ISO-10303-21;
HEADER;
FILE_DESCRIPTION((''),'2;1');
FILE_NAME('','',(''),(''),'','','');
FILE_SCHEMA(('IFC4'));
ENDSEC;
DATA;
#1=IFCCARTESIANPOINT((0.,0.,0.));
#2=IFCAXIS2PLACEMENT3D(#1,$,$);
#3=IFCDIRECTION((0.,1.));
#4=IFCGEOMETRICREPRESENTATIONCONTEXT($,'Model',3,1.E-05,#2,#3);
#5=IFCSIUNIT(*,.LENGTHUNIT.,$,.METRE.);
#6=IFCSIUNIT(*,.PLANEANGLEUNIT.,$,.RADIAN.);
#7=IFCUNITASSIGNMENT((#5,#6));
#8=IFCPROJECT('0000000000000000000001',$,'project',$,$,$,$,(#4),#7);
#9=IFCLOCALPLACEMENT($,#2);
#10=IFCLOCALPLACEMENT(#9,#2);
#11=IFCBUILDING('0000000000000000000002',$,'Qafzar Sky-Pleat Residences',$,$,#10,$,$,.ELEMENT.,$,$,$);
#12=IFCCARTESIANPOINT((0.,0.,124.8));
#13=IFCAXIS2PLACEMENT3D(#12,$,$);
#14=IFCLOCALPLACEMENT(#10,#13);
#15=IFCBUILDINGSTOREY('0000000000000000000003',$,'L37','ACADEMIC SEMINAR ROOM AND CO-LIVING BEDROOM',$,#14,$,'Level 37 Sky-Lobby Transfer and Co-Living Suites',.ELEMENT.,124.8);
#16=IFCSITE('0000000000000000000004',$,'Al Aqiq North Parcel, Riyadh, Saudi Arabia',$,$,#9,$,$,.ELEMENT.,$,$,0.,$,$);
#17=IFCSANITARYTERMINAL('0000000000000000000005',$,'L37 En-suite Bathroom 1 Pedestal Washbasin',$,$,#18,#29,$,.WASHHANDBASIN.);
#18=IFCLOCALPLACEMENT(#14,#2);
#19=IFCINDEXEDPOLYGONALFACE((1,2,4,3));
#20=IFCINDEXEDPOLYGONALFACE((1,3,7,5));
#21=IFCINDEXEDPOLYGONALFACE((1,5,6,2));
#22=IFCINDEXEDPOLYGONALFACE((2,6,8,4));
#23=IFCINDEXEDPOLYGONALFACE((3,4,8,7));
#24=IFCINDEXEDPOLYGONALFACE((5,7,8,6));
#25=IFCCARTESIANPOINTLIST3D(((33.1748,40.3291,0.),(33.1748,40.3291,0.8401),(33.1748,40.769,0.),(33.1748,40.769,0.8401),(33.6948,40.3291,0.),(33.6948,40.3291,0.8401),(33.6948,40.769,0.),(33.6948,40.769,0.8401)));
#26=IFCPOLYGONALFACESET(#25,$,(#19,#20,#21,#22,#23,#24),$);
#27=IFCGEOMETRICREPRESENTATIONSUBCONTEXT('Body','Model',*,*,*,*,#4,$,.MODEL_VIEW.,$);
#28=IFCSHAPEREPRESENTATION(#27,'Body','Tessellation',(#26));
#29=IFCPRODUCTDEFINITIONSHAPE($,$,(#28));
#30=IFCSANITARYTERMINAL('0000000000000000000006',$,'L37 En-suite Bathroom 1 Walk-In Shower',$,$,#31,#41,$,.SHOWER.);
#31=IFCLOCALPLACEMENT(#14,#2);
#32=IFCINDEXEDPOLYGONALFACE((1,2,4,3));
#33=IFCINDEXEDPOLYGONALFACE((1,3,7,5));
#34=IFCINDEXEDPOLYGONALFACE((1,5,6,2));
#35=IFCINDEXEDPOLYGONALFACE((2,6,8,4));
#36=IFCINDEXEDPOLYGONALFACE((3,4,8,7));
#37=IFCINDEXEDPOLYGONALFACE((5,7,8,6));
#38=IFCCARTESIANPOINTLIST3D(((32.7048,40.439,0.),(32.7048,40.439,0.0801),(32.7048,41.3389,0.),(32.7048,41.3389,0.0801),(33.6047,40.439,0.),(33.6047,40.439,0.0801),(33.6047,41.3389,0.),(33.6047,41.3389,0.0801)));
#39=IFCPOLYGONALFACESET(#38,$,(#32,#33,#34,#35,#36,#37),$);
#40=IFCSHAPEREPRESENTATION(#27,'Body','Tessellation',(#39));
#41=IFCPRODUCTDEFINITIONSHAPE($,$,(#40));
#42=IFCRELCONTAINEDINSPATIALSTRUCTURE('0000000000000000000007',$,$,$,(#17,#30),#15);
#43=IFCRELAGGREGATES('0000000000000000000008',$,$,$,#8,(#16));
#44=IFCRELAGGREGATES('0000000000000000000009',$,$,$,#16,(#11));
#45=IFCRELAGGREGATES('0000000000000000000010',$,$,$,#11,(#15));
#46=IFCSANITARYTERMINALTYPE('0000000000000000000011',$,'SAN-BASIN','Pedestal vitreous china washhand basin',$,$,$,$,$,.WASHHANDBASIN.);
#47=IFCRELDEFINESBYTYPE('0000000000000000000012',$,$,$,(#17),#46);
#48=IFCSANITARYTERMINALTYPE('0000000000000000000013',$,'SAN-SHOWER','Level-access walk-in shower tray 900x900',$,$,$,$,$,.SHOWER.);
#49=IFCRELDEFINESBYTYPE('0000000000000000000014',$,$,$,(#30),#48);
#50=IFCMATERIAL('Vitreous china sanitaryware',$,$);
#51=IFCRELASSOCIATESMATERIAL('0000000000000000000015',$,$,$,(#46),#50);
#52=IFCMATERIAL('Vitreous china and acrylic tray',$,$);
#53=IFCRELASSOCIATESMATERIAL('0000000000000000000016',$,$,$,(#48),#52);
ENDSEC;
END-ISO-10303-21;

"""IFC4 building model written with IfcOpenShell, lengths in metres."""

from ifc_helpers import new_model, si_unit, direction, frame, origin, origin_2d, place, context, subcontext, project, spatial, rectangle, extrude, source, transform, mapped, material, type_object, element, save


model = new_model("IFC4")

# Units and contexts
model_context = context("Model", 3, precision=1e-05, world=origin(), true_north=direction((0.0, 1.0)))
body_context = subcontext(model_context, "Body", "Model", "MODEL_VIEW")
ifc_project = project(units=[si_unit("LENGTHUNIT", "METRE"), si_unit("PLANEANGLEUNIT", "RADIAN")], contexts=[model_context])

# Site, building, storey
site_placement = place(None, origin())
site = spatial("IfcSite", under=ifc_project, at=site_placement, Name="Al Aqiq North Parcel, Riyadh, Saudi Arabia", CompositionType="ELEMENT", RefElevation=0.0)
building_placement = place(site_placement, origin())
building = spatial("IfcBuilding", under=site, at=building_placement, Name="Qafzar Sky-Pleat Residences", CompositionType="ELEMENT")
storey_placement = place(building_placement, frame((0.0, 0.0, 124.8)))
storey = spatial("IfcBuildingStorey", under=building, at=storey_placement, Name="L37", Description="ACADEMIC SEMINAR ROOM AND CO-LIVING BEDROOM", LongName="Level 37 Sky-Lobby Transfer and Co-Living Suites", CompositionType="ELEMENT", Elevation=124.8)

# Sanitary terminals
ifc_material_1 = material(Name="Vitreous china sanitaryware")
sanitary_terminal_type_1 = type_object("IfcSanitaryTerminalType", Name="SAN-BASIN", Description="Pedestal vitreous china washhand basin", PredefinedType="WASHHANDBASIN", material=ifc_material_1)
shared_shape_1 = source(origin(), body_context, "Body", "SweptSolid", [
    extrude(rectangle(XDim=0.52, YDim=0.4399, at=origin_2d()), origin(), (0.0, 0.0, 1.0), 0.8401),
])
sanitary_terminal_1_placement = place(storey_placement, frame((33.4348, 40.5491, 0.0), z_axis=(0.0, 0.0, 1.0), x_axis=(1.0, 0.0, 0.0)))
element("IfcSanitaryTerminal", 1, at=sanitary_terminal_1_placement, inside=storey, type_object=sanitary_terminal_type_1, Name="L37 En-suite Bathroom 1 Pedestal Washbasin", PredefinedType="WASHHANDBASIN", context=body_context, shape_type="MappedRepresentation", body=[
    mapped(shared_shape_1, transform((0.0, 0.0, 0.0), x_axis=(1.0, 0.0, 0.0), y_axis=(0.0, 1.0, 0.0), z_axis=(0.0, 0.0, 1.0), scale=1.0)),
])
ifc_material_2 = material(Name="Vitreous china and acrylic tray")
sanitary_terminal_type_2 = type_object("IfcSanitaryTerminalType", Name="SAN-SHOWER", Description="Level-access walk-in shower tray 900x900", PredefinedType="SHOWER", material=ifc_material_2)
shared_shape_2 = source(origin(), body_context, "Body", "SweptSolid", [
    extrude(rectangle(XDim=0.8999, YDim=0.8999, at=origin_2d()), origin(), (0.0, 0.0, 1.0), 0.0801),
])
sanitary_terminal_2_placement = place(storey_placement, frame((33.1548, 40.8889, 0.0), z_axis=(0.0, 0.0, 1.0), x_axis=(1.0, 0.0, 0.0)))
element("IfcSanitaryTerminal", 2, at=sanitary_terminal_2_placement, inside=storey, type_object=sanitary_terminal_type_2, Name="L37 En-suite Bathroom 1 Walk-In Shower", PredefinedType="SHOWER", context=body_context, shape_type="MappedRepresentation", body=[
    mapped(shared_shape_2, transform((0.0, 0.0, 0.0), x_axis=(1.0, 0.0, 0.0), y_axis=(0.0, 1.0, 0.0), z_axis=(0.0, 0.0, 1.0), scale=1.0)),
])

save(model, "model.ifc")
